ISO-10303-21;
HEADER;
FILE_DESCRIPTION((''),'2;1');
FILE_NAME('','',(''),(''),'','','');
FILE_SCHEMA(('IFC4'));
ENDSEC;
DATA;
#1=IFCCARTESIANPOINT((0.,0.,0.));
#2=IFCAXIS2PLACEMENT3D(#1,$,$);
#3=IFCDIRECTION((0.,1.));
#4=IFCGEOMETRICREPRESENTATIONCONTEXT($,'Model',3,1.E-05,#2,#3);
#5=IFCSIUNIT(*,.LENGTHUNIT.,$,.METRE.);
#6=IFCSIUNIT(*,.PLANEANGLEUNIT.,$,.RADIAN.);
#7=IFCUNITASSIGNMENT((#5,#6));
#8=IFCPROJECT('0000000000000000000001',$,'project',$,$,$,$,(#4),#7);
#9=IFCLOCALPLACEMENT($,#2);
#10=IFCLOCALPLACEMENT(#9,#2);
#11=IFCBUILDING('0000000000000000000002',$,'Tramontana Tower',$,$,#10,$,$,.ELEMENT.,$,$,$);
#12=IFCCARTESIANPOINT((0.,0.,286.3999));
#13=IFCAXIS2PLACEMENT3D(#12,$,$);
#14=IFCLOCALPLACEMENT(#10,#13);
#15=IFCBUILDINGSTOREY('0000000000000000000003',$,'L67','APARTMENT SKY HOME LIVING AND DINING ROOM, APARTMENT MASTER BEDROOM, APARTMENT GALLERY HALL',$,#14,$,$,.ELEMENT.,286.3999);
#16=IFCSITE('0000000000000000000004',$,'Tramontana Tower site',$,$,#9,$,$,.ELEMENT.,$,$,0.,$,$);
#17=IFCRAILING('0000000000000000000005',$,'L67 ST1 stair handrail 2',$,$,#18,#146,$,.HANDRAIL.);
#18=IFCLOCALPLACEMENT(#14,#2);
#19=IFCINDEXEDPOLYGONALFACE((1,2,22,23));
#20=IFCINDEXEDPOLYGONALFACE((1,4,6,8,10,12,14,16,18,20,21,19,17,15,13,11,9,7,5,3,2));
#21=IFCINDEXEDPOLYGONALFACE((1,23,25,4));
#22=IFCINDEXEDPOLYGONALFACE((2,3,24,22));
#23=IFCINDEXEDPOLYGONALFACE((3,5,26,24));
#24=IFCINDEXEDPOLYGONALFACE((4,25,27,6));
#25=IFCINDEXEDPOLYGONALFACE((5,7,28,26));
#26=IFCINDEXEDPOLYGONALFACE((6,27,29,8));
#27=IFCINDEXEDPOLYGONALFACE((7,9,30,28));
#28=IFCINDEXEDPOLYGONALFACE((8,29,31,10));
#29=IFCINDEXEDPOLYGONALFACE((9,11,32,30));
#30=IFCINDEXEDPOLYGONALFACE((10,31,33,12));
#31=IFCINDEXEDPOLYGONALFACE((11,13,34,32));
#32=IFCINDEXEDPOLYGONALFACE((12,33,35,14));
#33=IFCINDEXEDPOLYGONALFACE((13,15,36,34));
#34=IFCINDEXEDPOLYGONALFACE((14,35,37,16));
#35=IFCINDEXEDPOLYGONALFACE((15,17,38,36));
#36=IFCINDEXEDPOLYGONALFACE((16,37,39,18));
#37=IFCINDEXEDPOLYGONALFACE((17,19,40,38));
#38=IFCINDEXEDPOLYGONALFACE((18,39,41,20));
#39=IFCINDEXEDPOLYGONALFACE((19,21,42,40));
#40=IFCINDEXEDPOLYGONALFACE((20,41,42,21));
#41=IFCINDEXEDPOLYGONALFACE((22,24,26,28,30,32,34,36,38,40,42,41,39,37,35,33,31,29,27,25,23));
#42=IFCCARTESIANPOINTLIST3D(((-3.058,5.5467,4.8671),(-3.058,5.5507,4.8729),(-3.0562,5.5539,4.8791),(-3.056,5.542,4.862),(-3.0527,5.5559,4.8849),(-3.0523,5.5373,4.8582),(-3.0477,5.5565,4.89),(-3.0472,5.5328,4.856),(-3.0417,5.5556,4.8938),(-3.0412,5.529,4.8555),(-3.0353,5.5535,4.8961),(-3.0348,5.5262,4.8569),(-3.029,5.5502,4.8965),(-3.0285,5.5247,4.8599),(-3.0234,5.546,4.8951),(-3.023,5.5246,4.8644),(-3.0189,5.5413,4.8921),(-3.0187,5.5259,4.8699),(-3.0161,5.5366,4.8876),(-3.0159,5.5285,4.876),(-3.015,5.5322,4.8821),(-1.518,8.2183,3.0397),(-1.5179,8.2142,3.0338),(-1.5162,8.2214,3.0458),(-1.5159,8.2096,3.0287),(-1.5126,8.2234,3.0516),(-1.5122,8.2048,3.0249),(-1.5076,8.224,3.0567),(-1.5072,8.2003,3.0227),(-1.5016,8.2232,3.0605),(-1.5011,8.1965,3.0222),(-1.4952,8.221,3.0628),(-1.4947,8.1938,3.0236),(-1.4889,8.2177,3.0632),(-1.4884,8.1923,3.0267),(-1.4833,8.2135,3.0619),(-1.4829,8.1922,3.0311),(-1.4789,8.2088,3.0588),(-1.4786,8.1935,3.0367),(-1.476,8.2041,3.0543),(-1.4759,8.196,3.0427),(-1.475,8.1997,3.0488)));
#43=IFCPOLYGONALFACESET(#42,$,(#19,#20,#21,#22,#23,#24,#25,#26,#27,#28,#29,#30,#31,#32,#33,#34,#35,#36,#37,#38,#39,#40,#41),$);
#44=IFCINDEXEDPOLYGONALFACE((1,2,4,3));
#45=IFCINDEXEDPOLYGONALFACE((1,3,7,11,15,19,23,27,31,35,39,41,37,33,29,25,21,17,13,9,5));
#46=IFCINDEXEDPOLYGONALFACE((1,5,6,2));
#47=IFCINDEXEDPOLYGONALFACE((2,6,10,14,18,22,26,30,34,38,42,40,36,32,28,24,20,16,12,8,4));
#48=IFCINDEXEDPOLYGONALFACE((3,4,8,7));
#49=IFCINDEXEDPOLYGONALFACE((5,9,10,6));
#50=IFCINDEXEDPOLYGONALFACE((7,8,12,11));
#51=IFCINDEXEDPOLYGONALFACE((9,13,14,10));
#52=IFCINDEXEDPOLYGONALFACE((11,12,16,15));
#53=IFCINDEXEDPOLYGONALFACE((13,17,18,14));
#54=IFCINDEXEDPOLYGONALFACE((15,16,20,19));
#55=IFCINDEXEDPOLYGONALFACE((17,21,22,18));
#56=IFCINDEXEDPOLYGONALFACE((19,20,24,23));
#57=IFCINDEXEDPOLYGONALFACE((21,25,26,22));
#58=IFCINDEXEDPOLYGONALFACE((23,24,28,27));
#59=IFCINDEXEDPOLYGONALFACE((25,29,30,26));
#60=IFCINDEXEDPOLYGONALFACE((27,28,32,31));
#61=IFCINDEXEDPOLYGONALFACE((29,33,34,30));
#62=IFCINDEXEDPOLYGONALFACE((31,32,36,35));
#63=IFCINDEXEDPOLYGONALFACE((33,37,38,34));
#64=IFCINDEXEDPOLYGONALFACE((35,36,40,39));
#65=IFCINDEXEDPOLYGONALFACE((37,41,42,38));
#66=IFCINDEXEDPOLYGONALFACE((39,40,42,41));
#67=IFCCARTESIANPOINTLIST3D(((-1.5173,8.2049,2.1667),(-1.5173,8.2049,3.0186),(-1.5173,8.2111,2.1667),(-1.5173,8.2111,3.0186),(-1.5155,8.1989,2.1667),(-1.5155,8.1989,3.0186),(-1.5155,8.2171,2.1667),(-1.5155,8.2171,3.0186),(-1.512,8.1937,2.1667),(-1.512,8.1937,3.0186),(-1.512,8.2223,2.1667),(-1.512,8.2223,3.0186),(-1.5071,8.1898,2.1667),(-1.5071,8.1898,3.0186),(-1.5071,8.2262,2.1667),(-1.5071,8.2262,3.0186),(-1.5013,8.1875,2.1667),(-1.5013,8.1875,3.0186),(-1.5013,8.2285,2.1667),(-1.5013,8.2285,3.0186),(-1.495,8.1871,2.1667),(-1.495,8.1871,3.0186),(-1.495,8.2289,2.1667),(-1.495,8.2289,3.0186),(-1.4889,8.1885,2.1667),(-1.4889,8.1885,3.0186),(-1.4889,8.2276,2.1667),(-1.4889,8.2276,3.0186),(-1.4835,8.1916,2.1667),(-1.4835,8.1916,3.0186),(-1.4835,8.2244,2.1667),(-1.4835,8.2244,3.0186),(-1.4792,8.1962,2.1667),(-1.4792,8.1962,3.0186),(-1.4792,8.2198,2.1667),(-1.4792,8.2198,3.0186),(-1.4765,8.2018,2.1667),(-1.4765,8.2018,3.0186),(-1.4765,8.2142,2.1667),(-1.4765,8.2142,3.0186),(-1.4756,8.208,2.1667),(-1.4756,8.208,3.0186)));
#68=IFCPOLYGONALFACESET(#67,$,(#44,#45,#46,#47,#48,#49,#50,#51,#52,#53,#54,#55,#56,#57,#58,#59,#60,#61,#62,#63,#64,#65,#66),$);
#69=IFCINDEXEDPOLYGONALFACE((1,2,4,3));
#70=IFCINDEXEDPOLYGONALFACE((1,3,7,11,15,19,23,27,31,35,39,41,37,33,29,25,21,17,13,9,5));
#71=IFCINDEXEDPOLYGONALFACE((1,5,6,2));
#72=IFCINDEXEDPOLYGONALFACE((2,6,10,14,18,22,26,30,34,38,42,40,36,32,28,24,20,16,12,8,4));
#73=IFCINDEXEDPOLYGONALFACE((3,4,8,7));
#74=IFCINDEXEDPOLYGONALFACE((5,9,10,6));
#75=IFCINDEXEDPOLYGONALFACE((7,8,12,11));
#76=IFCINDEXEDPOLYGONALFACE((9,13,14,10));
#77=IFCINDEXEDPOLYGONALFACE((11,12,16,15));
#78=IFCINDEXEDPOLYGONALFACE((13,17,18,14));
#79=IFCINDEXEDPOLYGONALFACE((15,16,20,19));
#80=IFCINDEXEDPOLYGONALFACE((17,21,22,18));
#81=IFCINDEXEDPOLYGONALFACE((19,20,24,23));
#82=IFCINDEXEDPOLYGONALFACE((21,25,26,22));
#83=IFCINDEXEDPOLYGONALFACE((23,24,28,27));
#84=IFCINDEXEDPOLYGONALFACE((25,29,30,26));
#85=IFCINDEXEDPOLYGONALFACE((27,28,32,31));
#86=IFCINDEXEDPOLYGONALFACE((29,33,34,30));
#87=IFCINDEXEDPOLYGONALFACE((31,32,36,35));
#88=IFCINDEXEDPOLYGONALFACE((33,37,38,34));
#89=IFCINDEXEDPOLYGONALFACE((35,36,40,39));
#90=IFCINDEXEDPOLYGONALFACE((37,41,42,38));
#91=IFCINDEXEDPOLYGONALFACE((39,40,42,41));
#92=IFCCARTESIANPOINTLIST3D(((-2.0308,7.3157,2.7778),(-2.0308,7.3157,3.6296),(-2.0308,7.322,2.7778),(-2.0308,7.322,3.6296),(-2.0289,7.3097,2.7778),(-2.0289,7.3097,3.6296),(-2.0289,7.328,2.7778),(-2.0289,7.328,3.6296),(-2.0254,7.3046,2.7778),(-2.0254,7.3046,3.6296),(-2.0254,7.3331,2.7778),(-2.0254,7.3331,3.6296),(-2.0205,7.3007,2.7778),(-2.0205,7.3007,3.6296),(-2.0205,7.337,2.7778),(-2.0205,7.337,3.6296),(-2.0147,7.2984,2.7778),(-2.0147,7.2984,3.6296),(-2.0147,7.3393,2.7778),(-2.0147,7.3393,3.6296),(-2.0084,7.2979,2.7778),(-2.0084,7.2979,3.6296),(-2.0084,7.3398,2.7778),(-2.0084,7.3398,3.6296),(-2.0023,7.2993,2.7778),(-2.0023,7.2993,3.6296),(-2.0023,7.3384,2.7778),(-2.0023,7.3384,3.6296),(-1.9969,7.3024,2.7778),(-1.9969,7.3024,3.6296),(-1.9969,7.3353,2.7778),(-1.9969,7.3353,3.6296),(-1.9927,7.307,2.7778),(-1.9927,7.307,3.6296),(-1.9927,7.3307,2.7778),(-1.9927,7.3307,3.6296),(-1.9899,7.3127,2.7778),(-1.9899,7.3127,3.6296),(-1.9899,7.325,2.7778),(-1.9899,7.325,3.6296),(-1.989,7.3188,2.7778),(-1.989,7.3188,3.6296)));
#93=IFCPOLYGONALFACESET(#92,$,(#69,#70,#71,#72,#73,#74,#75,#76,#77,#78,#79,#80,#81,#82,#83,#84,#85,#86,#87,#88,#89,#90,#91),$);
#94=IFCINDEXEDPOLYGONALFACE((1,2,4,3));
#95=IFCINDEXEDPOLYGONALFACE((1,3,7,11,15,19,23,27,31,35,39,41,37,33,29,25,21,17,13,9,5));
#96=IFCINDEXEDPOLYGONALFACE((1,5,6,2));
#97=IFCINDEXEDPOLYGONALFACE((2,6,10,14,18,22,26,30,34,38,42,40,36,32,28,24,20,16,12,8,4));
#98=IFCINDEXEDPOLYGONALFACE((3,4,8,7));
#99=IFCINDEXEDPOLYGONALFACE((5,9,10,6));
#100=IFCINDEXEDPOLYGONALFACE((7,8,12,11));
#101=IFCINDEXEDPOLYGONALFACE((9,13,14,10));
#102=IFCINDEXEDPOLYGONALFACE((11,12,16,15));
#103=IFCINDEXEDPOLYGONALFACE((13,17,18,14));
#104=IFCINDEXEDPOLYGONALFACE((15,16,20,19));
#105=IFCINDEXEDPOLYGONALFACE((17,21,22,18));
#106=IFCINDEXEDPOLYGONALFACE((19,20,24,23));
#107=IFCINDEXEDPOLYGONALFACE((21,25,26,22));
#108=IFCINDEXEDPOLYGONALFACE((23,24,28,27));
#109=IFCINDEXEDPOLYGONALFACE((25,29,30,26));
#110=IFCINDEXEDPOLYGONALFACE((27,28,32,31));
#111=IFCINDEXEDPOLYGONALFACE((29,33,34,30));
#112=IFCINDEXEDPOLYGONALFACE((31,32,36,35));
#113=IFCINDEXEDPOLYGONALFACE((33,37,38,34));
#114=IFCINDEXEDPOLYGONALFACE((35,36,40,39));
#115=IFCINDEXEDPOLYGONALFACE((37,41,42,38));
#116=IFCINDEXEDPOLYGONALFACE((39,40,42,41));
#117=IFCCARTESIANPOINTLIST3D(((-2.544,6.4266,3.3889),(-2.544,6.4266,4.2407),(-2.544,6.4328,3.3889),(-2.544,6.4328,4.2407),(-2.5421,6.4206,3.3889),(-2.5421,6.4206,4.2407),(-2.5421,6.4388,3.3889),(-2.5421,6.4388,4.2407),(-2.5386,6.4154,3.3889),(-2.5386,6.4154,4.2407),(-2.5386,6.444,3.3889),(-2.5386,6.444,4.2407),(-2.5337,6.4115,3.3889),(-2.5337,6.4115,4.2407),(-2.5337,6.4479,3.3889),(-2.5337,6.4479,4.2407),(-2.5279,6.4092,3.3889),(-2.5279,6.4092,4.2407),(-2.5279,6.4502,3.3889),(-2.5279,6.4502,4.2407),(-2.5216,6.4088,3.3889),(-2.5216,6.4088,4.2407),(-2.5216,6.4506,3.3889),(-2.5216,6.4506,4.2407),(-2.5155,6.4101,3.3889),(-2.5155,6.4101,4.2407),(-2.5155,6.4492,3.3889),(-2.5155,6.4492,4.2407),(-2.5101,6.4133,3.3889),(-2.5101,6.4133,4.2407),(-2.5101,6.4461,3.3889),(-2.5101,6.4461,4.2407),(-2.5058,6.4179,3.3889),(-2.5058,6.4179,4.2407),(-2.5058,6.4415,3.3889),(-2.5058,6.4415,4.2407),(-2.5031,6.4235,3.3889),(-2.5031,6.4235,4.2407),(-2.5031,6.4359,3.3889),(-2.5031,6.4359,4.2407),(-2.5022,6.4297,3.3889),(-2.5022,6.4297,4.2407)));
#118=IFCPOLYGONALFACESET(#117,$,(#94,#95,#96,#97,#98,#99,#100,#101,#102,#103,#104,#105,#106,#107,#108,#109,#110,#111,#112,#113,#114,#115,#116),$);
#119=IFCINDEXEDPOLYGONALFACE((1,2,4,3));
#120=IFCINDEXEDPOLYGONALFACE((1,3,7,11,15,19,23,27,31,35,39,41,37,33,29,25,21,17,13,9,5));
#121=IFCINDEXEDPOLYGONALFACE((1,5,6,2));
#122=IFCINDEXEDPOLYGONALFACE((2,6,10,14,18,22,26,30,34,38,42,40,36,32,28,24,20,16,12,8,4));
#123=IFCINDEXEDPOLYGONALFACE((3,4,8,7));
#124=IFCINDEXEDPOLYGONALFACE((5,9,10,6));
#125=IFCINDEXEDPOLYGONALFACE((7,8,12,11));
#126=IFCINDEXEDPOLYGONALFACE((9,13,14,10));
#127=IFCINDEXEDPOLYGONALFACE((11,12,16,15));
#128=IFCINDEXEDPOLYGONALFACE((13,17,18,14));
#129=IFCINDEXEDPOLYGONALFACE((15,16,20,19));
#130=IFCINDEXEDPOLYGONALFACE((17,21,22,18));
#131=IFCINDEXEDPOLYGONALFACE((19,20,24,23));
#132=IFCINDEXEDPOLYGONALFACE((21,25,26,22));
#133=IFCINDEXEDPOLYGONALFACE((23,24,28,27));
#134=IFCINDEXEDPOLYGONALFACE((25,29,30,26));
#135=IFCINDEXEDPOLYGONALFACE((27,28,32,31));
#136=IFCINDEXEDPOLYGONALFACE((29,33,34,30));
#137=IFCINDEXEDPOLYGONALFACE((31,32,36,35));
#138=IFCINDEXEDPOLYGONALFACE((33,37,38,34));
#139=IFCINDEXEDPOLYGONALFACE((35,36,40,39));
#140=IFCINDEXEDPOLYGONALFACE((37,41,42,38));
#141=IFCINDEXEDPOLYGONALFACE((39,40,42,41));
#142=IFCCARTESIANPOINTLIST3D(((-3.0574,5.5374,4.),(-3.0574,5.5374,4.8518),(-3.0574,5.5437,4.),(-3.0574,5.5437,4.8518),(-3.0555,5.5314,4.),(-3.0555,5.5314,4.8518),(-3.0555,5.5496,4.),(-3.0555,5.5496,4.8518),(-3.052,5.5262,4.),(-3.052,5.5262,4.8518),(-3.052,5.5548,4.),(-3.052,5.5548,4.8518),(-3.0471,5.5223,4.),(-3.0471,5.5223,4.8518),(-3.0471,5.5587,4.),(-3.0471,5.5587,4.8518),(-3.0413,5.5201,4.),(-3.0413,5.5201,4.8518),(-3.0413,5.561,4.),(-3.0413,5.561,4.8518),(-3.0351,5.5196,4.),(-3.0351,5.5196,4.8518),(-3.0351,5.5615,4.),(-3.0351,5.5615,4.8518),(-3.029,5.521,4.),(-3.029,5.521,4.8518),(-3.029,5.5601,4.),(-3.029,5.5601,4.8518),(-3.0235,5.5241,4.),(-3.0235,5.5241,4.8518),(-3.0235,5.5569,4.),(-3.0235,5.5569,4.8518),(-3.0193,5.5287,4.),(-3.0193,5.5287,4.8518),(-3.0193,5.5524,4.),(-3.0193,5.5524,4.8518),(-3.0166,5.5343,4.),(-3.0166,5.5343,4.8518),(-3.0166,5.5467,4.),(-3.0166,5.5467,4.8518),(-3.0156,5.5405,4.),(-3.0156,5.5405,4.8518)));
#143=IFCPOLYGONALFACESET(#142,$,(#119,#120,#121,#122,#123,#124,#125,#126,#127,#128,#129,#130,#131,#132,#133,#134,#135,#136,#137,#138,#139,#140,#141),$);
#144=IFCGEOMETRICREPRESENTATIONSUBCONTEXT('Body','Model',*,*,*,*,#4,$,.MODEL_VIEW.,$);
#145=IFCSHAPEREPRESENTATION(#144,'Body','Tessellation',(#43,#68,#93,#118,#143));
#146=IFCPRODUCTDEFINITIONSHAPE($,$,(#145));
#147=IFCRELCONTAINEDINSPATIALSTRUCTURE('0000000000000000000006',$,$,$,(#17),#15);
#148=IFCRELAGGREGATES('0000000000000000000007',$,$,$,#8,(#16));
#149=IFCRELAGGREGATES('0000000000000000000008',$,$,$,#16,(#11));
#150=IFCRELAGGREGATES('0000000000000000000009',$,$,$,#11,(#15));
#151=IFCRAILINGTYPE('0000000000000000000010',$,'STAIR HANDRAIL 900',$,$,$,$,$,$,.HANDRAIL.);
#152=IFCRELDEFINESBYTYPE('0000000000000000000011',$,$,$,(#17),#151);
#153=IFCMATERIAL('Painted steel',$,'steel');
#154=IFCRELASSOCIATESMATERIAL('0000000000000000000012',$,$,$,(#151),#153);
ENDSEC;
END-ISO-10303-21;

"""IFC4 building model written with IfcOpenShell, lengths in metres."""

from ifc_helpers import new_model, si_unit, direction, frame, origin, origin_2d, place, context, subcontext, project, spatial, circle, extrude, material, type_object, element, save


model = new_model("IFC4")

# Units and contexts
model_context = context("Model", 3, precision=1e-05, world=origin(), true_north=direction((0.0, 1.0)))
body_context = subcontext(model_context, "Body", "Model", "MODEL_VIEW")
ifc_project = project(units=[si_unit("LENGTHUNIT", "METRE"), si_unit("PLANEANGLEUNIT", "RADIAN")], contexts=[model_context])

# Site, building, storey
site_placement = place(None, origin())
site = spatial("IfcSite", under=ifc_project, at=site_placement, Name="Tramontana Tower site", CompositionType="ELEMENT", RefElevation=0.0)
building_placement = place(site_placement, origin())
building = spatial("IfcBuilding", under=site, at=building_placement, Name="Tramontana Tower", CompositionType="ELEMENT")
storey_placement = place(building_placement, frame((0.0, 0.0, 286.3999)))
storey = spatial("IfcBuildingStorey", under=building, at=storey_placement, Name="L67", Description="APARTMENT SKY HOME LIVING AND DINING ROOM, APARTMENT MASTER BEDROOM, APARTMENT GALLERY HALL", CompositionType="ELEMENT", Elevation=286.3999)

# Railing
ifc_material_1 = material(Name="Painted steel", Category="steel")
railing_type_1 = type_object("IfcRailingType", Name="STAIR HANDRAIL 900", PredefinedType="HANDRAIL", material=ifc_material_1)
railing_1_placement = place(storey_placement, frame((-1.4966, 8.208, 2.1667)))
element("IfcRailing", 1, at=railing_1_placement, inside=storey, type_object=railing_type_1, Name="L67 ST1 stair handrail 2", PredefinedType="HANDRAIL", context=body_context, shape_type="SweptSolid", body=[
    extrude(circle(Radius=0.0239, at=origin_2d()), frame((0.0, 0.0, 0.876), z_axis=(-0.429649, -0.74419, 0.511452), x_axis=(0.86603, -0.499992, 0.0)), (0.0, 0.0, 1.0), 3.5845),
    extrude(circle(Radius=0.021, at=origin_2d()), origin(), (0.0, 0.0, 1.0), 0.8518),
    extrude(circle(Radius=0.021, at=origin_2d()), frame((-0.5134, -0.8892, 0.6111)), (0.0, 0.0, 1.0), 0.8518),
    extrude(circle(Radius=0.021, at=origin_2d()), frame((-1.0266, -1.7783, 1.2222)), (0.0, 0.0, 1.0), 0.8518),
    extrude(circle(Radius=0.021, at=origin_2d()), frame((-1.54, -2.6675, 1.8333)), (0.0, 0.0, 1.0), 0.8518),
])

save(model, "model.ifc")
